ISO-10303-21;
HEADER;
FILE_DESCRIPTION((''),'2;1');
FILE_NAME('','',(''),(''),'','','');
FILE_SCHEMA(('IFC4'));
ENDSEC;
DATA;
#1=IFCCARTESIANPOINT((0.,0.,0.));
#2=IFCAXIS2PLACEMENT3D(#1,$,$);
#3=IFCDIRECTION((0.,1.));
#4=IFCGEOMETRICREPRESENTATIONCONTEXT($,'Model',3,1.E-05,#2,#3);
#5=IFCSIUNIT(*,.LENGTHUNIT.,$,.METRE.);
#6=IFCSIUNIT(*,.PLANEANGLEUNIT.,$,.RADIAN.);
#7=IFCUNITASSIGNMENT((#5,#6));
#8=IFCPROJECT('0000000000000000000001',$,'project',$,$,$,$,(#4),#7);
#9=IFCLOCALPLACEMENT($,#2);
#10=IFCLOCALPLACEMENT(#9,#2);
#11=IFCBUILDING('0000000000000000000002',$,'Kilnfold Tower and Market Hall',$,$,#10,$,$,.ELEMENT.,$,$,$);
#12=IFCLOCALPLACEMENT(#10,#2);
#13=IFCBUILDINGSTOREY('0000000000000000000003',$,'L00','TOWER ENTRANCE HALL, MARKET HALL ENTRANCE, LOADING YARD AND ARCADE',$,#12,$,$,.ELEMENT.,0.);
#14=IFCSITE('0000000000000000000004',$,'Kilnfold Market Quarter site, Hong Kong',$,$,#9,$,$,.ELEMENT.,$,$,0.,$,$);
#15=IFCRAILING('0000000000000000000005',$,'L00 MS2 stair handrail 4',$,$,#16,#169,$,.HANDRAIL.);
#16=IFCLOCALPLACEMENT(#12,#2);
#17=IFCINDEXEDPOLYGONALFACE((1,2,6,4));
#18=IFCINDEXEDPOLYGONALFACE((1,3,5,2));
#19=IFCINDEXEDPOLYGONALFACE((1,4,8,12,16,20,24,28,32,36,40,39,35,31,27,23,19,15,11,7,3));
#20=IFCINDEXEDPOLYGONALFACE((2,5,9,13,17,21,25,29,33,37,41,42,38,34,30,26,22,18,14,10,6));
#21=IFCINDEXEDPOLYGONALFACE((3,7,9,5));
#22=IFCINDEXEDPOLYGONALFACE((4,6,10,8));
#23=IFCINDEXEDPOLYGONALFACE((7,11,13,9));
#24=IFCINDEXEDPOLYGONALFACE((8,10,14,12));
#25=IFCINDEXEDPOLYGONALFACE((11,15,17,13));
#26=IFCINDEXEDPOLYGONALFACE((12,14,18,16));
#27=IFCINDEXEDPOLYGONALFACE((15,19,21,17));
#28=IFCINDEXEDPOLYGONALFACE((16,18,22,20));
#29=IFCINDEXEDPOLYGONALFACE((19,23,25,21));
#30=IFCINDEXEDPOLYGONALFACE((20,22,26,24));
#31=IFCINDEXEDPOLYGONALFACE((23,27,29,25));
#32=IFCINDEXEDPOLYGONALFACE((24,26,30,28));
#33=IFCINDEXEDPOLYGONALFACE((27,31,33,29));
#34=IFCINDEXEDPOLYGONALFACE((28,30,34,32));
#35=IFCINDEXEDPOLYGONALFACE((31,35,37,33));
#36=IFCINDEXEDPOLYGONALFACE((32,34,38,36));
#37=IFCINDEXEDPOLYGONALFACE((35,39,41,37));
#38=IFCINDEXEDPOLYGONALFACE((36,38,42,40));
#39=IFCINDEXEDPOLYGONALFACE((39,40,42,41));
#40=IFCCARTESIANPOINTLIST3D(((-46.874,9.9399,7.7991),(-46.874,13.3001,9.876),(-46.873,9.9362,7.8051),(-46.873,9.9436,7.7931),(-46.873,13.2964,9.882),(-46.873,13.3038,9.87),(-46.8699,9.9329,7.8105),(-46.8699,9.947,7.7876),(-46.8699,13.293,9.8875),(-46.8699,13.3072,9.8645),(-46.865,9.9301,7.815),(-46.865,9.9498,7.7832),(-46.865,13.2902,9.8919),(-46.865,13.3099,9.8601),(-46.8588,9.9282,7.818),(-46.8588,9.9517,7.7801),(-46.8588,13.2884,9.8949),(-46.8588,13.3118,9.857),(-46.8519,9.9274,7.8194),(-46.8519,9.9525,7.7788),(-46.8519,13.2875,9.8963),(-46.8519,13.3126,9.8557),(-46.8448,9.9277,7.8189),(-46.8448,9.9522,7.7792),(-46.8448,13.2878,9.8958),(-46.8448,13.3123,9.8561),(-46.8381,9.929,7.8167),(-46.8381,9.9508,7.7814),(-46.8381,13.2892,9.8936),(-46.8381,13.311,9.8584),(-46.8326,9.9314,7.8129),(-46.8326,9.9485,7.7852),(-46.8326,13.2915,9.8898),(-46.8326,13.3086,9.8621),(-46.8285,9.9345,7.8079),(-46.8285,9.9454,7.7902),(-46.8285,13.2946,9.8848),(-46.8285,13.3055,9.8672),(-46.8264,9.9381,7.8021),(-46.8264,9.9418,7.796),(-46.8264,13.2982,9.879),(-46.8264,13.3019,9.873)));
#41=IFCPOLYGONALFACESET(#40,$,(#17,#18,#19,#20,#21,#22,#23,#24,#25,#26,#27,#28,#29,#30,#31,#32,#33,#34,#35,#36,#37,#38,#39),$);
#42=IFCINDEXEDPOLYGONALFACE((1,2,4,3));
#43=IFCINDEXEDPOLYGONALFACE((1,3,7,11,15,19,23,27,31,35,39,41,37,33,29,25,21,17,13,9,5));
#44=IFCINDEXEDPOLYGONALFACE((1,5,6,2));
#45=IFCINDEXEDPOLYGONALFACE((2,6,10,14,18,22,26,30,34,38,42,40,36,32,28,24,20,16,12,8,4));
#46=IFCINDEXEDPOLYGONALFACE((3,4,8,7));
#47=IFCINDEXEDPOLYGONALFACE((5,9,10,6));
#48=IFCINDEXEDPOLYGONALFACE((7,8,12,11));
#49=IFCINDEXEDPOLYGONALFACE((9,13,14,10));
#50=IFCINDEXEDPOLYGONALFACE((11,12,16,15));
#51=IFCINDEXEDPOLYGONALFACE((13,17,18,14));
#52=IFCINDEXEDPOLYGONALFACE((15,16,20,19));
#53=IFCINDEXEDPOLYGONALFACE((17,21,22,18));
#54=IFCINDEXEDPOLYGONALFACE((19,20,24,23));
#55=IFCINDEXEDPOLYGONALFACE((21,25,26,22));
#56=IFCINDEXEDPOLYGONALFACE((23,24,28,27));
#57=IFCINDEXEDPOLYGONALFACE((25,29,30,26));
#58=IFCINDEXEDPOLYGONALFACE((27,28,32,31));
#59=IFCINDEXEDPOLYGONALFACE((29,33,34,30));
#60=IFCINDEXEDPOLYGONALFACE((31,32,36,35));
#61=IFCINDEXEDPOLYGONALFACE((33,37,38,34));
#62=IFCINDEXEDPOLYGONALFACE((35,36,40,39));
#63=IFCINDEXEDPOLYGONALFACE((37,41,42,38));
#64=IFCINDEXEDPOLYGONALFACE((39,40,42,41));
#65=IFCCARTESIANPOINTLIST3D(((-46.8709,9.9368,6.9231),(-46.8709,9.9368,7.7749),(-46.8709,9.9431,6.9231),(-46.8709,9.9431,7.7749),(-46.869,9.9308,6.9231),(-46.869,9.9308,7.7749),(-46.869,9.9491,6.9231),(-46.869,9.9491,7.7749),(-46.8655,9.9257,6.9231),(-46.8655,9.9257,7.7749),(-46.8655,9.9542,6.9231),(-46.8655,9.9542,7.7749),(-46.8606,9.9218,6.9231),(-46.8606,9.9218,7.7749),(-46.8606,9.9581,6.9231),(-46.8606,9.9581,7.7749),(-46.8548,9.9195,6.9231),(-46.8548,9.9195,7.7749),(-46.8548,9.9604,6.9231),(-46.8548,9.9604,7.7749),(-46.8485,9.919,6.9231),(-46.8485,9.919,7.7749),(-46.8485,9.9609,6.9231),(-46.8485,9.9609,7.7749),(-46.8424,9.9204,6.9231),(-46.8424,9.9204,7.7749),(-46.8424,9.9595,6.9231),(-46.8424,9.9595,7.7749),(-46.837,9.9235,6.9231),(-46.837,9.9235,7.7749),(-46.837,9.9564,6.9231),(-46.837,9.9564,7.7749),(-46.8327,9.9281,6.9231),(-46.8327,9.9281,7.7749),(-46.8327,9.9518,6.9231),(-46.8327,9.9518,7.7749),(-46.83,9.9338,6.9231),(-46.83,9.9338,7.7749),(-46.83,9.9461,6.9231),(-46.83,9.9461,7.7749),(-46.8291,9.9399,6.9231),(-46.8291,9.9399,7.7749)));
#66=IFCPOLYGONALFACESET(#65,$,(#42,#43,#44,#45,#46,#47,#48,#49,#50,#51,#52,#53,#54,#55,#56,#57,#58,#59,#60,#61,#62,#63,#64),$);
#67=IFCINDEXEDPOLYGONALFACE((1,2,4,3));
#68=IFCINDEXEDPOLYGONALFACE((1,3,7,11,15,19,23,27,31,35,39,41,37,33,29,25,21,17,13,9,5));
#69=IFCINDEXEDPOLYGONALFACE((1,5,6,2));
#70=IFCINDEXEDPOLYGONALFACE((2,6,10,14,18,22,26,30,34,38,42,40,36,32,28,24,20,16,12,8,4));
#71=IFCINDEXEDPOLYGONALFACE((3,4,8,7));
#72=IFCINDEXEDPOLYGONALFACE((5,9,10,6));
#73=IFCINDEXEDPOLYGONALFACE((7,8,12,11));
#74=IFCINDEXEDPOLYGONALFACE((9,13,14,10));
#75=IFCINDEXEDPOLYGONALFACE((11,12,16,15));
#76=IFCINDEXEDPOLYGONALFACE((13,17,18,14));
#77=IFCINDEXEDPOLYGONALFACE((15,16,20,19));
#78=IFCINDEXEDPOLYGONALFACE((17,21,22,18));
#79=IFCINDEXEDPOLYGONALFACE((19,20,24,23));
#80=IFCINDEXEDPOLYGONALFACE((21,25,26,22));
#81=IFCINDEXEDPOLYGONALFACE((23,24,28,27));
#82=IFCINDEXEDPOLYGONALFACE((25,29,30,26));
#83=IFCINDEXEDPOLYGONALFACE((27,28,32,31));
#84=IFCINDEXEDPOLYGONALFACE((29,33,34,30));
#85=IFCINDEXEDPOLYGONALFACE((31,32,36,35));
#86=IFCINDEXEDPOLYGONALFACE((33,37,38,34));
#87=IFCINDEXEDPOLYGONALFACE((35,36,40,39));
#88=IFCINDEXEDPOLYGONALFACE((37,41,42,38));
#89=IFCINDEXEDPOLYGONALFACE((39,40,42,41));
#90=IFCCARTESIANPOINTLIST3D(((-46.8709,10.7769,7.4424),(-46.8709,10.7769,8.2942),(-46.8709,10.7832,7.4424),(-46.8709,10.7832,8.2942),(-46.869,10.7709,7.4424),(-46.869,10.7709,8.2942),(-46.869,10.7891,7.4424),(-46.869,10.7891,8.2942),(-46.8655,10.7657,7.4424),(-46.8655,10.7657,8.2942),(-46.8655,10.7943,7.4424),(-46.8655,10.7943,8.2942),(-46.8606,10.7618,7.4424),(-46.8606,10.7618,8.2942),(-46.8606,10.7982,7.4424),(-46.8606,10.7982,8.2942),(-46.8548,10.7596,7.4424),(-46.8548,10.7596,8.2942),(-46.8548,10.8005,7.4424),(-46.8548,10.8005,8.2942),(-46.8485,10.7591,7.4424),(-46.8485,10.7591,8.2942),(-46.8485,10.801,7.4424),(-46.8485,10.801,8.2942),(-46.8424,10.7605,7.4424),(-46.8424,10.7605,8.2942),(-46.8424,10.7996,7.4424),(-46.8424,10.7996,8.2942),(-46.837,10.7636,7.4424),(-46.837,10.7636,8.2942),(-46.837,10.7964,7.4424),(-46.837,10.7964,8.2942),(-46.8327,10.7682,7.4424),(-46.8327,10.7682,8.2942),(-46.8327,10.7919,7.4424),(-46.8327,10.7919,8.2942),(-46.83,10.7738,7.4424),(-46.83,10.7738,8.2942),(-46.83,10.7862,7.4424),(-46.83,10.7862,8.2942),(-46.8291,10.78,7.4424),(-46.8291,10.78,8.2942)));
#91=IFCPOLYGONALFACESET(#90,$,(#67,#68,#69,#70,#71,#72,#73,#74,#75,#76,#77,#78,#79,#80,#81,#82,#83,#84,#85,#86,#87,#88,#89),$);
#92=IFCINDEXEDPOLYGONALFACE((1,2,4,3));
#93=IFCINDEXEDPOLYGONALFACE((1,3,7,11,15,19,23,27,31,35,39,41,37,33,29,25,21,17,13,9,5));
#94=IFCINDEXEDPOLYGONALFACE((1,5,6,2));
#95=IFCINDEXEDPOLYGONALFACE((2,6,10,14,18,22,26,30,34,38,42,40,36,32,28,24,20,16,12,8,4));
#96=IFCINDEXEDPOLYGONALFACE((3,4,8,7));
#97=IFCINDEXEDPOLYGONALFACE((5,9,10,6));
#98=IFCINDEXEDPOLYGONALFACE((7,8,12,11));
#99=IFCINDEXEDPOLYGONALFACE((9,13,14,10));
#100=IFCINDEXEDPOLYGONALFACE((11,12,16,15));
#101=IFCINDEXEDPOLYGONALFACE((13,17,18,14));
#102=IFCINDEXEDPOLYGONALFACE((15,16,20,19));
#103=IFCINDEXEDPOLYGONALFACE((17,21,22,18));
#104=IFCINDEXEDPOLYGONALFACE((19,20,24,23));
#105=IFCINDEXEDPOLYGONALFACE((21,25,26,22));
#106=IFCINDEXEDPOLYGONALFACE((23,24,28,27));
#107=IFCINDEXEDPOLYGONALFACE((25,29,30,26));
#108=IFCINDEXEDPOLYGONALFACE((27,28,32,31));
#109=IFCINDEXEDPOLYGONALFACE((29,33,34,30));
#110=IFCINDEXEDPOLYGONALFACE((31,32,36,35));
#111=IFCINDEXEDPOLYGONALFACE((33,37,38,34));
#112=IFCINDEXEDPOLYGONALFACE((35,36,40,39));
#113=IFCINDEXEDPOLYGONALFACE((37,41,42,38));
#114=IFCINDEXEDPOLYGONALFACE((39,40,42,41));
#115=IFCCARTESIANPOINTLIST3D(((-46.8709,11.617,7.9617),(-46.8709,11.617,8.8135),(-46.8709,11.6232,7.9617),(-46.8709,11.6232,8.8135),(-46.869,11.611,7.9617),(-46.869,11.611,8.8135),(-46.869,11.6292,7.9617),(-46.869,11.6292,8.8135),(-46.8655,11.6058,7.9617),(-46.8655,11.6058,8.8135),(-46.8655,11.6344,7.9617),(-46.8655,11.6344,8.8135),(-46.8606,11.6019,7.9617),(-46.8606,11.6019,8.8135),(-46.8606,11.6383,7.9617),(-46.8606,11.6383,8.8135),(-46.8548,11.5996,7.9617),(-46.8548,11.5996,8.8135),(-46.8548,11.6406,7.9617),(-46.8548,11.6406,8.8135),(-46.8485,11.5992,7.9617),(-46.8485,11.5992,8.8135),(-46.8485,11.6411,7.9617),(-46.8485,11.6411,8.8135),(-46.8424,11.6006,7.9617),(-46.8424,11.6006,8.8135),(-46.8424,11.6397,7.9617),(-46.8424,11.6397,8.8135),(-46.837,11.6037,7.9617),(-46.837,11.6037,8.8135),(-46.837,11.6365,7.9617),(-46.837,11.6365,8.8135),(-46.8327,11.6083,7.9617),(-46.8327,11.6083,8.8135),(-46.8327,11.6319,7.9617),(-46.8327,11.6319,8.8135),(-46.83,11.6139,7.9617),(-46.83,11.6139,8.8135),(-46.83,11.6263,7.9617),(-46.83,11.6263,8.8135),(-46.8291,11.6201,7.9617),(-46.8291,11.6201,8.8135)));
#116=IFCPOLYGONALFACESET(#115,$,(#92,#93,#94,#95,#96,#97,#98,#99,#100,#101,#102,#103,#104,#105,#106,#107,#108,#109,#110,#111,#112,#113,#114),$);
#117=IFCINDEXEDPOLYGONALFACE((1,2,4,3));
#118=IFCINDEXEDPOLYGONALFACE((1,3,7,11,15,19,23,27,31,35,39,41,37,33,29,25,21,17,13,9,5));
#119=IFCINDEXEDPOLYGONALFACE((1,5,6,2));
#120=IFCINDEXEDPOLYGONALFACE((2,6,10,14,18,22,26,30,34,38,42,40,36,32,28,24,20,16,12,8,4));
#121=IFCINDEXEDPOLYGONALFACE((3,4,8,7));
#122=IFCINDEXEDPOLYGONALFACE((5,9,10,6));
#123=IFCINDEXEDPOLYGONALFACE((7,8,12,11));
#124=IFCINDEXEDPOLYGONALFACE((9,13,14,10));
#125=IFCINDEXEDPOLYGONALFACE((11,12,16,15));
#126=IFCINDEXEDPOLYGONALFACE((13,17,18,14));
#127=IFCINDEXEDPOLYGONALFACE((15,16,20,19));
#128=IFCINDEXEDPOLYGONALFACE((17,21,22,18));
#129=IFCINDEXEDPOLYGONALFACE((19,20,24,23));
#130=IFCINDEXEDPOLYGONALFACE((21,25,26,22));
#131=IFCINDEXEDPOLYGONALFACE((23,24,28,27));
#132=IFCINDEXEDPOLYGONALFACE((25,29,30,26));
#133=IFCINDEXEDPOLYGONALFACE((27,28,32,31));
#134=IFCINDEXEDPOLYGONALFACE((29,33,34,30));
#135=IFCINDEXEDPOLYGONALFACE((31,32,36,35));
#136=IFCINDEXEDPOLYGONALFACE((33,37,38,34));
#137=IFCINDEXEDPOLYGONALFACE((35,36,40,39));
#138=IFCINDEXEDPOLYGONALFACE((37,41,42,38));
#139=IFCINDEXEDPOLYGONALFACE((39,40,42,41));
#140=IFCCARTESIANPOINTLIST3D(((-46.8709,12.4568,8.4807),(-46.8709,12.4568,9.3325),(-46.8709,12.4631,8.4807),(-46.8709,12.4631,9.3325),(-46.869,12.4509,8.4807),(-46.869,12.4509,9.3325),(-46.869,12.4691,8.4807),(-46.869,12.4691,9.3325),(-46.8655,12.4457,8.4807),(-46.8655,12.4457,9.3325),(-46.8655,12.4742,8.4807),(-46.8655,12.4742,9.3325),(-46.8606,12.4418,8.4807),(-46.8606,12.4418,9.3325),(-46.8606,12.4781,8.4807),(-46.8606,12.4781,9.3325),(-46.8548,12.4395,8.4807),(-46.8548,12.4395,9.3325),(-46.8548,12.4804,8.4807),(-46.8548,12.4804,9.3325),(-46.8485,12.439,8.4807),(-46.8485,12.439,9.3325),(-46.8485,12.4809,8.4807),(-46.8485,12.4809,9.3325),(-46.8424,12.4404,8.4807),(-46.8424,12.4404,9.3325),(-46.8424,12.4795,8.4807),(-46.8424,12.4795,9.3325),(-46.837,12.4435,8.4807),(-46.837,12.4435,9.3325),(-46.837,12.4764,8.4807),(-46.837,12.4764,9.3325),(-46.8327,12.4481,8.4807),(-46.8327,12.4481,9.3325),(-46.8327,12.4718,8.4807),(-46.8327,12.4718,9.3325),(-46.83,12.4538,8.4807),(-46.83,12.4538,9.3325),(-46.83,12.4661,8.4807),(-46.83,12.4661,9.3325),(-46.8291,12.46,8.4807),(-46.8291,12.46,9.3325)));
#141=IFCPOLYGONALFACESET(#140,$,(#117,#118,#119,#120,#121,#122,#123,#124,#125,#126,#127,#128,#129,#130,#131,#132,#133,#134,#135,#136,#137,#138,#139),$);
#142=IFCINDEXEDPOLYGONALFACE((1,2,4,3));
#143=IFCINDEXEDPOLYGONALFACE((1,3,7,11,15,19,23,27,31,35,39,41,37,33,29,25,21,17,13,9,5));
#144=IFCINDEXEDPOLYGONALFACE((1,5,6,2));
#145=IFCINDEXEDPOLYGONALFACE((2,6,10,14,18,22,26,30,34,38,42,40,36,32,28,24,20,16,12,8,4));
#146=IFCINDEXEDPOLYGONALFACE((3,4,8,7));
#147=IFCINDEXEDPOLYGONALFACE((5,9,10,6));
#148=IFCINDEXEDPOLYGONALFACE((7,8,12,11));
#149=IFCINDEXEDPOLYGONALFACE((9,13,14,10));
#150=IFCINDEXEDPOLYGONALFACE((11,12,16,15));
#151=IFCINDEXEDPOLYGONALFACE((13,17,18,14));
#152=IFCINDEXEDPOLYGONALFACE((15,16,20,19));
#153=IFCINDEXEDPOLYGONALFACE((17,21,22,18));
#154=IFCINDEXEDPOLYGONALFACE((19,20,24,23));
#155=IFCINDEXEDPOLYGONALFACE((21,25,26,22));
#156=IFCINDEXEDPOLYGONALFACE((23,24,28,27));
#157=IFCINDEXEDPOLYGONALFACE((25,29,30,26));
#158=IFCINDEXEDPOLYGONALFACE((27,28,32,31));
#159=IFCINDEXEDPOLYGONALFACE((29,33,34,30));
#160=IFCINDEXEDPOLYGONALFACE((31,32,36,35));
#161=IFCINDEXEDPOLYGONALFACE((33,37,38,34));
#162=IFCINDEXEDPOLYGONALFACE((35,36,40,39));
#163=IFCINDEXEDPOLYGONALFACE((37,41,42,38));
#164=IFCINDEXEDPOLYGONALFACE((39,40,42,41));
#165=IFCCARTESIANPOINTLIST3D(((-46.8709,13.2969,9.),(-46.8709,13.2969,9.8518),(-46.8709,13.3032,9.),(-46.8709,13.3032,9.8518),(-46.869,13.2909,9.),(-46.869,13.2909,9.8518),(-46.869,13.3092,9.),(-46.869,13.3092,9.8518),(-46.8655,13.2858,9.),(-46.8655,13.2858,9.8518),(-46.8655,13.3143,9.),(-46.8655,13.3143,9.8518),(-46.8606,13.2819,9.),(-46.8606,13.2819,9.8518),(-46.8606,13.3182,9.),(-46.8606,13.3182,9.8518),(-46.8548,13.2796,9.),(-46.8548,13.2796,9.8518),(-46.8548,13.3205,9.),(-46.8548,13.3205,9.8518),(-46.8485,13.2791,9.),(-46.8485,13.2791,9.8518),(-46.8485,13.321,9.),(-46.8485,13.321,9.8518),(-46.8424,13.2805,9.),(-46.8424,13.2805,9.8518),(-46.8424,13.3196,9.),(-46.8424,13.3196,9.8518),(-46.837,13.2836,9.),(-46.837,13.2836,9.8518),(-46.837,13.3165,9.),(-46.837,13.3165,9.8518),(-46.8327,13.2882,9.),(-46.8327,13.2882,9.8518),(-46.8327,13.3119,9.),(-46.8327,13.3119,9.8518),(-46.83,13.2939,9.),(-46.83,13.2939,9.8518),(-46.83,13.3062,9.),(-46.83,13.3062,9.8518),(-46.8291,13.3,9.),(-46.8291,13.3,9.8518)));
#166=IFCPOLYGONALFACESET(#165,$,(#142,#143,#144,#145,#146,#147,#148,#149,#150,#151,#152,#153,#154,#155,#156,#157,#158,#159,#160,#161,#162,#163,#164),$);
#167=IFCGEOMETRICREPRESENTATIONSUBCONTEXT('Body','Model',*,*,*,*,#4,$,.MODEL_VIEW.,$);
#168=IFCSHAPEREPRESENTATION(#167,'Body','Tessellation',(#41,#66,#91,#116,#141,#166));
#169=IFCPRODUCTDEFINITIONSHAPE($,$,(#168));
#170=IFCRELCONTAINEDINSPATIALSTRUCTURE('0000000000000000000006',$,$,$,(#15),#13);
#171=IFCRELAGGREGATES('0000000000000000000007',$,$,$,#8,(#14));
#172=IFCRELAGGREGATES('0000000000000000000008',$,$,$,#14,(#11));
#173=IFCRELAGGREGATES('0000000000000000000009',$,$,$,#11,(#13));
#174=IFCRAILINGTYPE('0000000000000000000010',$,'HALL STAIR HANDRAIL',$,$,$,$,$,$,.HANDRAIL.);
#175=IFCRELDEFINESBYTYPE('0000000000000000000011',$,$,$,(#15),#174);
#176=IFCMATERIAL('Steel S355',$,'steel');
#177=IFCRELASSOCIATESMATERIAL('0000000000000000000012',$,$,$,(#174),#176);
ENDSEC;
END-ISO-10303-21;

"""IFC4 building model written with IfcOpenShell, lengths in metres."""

from ifc_helpers import new_model, si_unit, direction, frame, origin, origin_2d, place, context, subcontext, project, spatial, circle, extrude, material, type_object, element, save


model = new_model("IFC4")

# Units and contexts
model_context = context("Model", 3, precision=1e-05, world=origin(), true_north=direction((0.0, 1.0)))
body_context = subcontext(model_context, "Body", "Model", "MODEL_VIEW")
ifc_project = project(units=[si_unit("LENGTHUNIT", "METRE"), si_unit("PLANEANGLEUNIT", "RADIAN")], contexts=[model_context])

# Site, building, storey
site_placement = place(None, origin())
site = spatial("IfcSite", under=ifc_project, at=site_placement, Name="Kilnfold Market Quarter site, Hong Kong", CompositionType="ELEMENT", RefElevation=0.0)
building_placement = place(site_placement, origin())
building = spatial("IfcBuilding", under=site, at=building_placement, Name="Kilnfold Tower and Market Hall", CompositionType="ELEMENT")
storey_placement = place(building_placement, origin())
storey = spatial("IfcBuildingStorey", under=building, at=storey_placement, Name="L00", Description="TOWER ENTRANCE HALL, MARKET HALL ENTRANCE, LOADING YARD AND ARCADE", CompositionType="ELEMENT", Elevation=0.0)

# Railing
ifc_material_1 = material(Name="Steel S355", Category="steel")
railing_type_1 = type_object("IfcRailingType", Name="HALL STAIR HANDRAIL", PredefinedType="HANDRAIL", material=ifc_material_1)
railing_1_placement = place(storey_placement, frame((-46.8501, 9.9399, 6.9231)))
element("IfcRailing", 1, at=railing_1_placement, inside=storey, type_object=railing_type_1, Name="L00 MS2 stair handrail 4", PredefinedType="HANDRAIL", context=body_context, shape_type="SweptSolid", body=[
    extrude(circle(Radius=0.0239, at=origin_2d()), frame((0.0, 0.0, 0.876), z_axis=(0.0, 0.850623, 0.525776), x_axis=(-1.0, 0.0, 0.0)), (0.0, 0.0, 1.0), 3.9502),
    extrude(circle(Radius=0.021, at=origin_2d()), origin(), (0.0, 0.0, 1.0), 0.8518),
    extrude(circle(Radius=0.021, at=origin_2d()), frame((0.0, 0.8401, 0.5193)), (0.0, 0.0, 1.0), 0.8518),
    extrude(circle(Radius=0.021, at=origin_2d()), frame((0.0, 1.6802, 1.0386)), (0.0, 0.0, 1.0), 0.8518),
    extrude(circle(Radius=0.021, at=origin_2d()), frame((0.0, 2.52, 1.5576)), (0.0, 0.0, 1.0), 0.8518),
    extrude(circle(Radius=0.021, at=origin_2d()), frame((0.0, 3.3601, 2.0769)), (0.0, 0.0, 1.0), 0.8518),
])

save(model, "model.ifc")
